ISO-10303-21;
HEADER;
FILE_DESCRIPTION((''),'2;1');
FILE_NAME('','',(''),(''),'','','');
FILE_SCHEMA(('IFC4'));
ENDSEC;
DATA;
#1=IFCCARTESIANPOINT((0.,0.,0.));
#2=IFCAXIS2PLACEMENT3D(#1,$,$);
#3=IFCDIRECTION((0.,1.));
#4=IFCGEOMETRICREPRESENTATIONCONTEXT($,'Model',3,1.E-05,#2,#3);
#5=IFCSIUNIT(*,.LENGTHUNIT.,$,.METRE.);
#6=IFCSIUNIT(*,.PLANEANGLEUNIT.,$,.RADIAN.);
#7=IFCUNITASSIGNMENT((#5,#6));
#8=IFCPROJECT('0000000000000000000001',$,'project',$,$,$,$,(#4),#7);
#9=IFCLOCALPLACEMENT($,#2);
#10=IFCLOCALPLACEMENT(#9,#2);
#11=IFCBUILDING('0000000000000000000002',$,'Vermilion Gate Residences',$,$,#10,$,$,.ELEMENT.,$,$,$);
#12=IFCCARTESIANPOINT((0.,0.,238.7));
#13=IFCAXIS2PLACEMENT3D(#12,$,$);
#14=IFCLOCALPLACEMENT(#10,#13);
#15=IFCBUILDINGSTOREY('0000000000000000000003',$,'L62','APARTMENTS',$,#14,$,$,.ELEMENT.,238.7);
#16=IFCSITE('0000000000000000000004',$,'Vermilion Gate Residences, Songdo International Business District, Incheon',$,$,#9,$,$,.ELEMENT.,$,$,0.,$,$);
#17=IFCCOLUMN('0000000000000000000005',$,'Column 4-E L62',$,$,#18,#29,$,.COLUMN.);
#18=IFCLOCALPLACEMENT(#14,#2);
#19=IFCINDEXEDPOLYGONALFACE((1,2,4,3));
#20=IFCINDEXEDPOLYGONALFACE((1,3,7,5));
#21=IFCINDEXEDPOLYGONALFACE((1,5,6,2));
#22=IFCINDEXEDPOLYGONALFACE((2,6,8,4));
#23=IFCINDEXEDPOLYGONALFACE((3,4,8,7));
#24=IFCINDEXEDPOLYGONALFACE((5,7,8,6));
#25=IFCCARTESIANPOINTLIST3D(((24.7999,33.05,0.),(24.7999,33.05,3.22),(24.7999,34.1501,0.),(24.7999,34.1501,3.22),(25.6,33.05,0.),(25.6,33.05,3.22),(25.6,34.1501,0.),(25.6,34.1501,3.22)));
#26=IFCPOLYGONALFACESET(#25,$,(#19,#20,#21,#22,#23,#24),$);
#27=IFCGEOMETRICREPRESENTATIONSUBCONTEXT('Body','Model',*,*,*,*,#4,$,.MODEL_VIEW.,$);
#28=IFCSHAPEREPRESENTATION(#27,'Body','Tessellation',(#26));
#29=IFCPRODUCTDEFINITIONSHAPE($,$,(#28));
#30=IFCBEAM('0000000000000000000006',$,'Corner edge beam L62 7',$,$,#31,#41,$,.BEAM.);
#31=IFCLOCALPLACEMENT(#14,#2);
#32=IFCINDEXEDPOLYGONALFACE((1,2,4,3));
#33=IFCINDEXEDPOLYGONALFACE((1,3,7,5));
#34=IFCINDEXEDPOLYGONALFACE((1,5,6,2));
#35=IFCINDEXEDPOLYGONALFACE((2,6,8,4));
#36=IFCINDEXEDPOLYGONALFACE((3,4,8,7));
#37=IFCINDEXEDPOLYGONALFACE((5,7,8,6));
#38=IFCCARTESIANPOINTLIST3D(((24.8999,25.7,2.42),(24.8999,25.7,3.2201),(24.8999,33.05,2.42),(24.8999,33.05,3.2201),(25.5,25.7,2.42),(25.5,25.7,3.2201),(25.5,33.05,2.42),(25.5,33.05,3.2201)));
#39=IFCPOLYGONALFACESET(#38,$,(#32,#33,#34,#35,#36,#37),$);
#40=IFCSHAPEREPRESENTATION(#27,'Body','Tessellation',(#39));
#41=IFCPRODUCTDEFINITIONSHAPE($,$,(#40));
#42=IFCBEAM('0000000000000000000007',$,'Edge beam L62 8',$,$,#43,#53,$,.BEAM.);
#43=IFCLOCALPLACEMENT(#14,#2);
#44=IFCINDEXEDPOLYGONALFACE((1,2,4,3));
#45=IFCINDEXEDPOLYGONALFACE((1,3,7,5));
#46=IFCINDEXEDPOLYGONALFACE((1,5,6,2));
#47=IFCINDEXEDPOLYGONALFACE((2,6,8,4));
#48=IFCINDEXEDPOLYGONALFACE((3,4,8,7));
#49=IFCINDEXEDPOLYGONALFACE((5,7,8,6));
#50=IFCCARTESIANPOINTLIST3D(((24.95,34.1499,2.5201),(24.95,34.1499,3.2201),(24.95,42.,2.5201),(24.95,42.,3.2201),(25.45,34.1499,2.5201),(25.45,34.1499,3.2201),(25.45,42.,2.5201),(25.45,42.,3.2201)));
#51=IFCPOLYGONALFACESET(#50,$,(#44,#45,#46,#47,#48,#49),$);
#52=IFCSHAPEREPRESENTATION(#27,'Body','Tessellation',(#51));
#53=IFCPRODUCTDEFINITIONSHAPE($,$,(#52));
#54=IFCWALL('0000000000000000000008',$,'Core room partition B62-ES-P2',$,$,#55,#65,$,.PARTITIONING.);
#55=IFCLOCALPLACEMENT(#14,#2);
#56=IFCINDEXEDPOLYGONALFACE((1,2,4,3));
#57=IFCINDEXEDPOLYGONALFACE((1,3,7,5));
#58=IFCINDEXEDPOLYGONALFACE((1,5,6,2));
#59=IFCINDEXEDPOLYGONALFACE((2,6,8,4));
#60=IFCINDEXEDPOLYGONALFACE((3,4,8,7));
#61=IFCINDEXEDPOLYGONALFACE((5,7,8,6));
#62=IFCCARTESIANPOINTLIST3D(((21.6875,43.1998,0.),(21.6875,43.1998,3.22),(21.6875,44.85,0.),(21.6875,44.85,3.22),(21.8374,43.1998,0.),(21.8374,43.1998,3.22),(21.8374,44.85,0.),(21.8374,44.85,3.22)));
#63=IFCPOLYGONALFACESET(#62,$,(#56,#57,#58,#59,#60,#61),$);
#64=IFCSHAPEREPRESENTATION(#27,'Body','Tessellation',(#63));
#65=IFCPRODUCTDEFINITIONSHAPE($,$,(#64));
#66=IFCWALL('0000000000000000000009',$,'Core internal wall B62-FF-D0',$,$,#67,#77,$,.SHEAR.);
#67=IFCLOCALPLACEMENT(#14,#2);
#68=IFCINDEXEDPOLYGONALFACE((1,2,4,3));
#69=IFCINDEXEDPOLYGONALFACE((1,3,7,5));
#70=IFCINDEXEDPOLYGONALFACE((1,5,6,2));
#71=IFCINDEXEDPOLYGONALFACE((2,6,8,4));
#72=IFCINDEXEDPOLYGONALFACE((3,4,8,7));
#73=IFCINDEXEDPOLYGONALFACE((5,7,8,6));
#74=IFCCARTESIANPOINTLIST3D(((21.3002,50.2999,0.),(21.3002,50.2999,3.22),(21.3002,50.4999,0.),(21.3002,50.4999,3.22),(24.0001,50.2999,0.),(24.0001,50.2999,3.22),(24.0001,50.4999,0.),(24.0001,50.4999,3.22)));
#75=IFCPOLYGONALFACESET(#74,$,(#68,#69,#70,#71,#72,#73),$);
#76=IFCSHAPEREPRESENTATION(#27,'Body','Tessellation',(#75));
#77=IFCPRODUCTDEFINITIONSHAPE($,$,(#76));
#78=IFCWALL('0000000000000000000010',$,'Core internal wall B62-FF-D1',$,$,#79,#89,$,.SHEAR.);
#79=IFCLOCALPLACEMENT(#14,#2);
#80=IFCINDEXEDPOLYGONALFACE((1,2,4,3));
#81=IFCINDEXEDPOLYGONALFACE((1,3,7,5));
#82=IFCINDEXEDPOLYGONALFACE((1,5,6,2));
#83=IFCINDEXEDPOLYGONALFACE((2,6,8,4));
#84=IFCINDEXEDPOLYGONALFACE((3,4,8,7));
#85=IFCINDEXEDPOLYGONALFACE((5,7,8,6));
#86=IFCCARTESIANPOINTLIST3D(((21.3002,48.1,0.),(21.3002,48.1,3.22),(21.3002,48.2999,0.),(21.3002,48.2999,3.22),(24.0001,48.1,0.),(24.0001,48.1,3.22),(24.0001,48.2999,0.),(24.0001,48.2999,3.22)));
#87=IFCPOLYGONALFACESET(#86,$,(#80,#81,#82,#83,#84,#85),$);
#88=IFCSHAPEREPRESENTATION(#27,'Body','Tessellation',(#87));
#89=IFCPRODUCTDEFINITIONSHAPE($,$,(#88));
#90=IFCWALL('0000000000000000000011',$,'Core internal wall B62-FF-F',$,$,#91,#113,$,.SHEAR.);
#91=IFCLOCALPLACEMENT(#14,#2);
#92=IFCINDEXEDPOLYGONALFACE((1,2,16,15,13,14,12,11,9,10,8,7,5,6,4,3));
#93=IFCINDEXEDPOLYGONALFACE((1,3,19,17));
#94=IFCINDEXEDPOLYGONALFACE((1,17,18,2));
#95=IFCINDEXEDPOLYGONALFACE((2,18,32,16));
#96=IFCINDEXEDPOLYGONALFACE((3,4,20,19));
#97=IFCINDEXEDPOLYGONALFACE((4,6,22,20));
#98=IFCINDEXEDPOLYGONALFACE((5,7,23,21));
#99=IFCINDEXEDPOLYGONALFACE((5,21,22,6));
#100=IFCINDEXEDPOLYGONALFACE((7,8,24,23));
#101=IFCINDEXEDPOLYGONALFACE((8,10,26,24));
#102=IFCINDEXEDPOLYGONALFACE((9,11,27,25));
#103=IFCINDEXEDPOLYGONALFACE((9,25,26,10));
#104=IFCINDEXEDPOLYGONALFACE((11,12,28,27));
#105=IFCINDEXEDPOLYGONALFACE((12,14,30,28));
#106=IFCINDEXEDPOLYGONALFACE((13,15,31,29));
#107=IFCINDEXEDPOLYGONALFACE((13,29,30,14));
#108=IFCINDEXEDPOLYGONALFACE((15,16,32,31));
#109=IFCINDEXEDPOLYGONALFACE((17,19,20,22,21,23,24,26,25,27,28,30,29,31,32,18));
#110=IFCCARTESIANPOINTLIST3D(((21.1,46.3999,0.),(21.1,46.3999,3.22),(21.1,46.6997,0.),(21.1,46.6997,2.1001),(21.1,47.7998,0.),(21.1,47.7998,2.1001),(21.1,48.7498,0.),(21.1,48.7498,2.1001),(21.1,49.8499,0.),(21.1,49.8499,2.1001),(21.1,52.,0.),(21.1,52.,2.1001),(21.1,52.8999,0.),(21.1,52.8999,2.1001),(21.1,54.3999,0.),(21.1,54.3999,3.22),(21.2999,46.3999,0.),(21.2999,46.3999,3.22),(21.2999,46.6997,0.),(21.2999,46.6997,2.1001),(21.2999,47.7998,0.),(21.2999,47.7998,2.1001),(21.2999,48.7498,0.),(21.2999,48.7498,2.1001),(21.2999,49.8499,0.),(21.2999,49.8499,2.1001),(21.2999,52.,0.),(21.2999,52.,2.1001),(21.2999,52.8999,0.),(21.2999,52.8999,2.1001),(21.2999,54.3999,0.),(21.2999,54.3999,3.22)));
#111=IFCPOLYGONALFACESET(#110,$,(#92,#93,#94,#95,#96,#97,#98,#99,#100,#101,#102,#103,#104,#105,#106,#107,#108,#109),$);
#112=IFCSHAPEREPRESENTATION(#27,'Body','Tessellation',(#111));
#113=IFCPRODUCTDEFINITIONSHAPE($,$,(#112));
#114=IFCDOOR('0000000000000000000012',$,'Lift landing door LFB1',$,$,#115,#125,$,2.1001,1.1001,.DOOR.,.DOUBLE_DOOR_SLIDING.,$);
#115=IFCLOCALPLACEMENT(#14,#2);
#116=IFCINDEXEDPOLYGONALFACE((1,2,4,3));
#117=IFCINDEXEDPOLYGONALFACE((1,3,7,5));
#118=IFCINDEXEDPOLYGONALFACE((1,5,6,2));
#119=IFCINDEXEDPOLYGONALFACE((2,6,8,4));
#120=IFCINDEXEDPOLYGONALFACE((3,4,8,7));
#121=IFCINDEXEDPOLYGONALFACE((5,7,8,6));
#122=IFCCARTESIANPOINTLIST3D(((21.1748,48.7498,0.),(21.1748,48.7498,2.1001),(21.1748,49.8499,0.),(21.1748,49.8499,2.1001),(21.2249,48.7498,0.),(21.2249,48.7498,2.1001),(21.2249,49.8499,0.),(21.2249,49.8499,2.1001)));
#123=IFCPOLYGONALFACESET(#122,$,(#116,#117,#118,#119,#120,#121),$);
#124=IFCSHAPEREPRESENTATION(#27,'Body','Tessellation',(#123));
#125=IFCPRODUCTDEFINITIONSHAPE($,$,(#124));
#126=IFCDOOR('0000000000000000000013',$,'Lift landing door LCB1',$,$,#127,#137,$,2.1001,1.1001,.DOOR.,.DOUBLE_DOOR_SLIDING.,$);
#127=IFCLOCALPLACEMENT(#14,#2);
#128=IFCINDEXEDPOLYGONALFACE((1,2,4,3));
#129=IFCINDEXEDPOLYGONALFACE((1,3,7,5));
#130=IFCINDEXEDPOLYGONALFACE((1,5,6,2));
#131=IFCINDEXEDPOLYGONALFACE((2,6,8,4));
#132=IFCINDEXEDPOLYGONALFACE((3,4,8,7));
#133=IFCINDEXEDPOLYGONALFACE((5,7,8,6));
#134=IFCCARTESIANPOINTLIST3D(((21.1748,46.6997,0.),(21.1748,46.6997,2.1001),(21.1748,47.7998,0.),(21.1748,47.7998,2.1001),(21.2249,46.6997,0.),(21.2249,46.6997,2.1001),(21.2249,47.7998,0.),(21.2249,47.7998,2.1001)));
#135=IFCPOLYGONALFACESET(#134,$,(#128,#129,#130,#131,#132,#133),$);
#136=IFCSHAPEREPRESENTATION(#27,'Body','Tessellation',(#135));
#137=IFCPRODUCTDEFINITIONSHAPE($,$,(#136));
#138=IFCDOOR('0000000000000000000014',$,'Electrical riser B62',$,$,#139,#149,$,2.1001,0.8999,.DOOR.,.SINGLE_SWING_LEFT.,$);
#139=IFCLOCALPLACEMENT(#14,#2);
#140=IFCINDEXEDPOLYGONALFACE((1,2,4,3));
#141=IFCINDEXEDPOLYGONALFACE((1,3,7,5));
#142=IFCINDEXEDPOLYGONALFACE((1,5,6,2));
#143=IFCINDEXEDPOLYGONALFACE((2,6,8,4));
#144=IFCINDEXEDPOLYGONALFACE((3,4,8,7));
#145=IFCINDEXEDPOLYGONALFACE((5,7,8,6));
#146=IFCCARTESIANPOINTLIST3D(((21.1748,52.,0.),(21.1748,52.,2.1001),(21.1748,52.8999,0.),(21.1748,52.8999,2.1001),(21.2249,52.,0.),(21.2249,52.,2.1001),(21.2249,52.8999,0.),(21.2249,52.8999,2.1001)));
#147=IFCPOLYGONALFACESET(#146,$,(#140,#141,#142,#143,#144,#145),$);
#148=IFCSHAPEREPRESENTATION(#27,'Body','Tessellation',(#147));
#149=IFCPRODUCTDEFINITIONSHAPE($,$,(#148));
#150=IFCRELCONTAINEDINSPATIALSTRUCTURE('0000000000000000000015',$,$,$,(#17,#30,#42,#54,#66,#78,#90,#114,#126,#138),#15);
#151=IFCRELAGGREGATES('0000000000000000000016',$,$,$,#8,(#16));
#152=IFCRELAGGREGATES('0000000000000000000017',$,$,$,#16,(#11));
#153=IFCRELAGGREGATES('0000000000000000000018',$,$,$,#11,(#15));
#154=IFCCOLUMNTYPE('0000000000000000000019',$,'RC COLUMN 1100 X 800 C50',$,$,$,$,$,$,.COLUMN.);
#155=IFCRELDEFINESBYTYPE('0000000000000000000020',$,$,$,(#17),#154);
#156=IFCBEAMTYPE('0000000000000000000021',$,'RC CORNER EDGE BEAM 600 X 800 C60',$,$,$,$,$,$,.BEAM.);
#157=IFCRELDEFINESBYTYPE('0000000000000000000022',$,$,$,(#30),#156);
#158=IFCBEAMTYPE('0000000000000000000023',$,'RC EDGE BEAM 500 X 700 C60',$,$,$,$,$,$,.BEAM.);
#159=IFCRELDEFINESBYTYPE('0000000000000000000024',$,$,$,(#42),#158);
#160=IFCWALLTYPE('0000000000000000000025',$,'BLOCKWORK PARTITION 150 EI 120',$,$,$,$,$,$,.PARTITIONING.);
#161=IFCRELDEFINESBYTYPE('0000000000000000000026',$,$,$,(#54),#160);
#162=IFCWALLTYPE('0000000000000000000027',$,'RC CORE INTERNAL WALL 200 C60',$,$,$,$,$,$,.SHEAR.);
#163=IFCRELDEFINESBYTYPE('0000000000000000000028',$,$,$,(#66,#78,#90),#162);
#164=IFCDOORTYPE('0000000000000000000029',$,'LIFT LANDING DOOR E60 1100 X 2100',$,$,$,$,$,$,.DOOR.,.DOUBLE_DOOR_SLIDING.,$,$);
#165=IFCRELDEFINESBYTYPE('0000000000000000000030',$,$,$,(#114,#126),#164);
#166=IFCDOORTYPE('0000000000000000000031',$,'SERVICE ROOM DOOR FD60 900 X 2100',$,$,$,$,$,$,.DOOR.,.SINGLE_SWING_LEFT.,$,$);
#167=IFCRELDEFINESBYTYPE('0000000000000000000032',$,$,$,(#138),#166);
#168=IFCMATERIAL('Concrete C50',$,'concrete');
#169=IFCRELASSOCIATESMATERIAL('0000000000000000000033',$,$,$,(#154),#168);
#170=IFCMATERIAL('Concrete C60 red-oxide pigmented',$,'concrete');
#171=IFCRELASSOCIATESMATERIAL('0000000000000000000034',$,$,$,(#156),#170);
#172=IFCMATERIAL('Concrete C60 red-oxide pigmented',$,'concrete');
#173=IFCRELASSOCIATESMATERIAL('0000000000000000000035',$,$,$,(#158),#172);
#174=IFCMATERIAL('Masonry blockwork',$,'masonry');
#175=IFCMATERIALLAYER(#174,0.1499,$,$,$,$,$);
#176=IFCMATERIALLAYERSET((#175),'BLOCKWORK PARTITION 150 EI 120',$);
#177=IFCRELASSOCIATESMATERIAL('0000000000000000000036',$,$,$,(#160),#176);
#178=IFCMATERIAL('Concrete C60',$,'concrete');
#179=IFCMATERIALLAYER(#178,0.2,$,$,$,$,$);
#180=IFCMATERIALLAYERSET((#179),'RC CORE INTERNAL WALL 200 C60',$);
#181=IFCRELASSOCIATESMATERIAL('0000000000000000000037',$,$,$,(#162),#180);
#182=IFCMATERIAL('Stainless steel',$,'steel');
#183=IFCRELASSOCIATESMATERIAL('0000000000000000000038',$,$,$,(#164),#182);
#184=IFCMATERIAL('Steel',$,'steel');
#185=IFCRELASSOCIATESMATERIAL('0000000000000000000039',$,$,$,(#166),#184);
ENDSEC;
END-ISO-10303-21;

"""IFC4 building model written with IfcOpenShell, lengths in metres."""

from ifc_helpers import new_model, si_unit, direction, frame, frame_2d, origin, origin_2d, place, context, subcontext, project, spatial, rectangle, extrude, material, layer, layer_set, material_profile, profile_set, type_object, element, fill, save


model = new_model("IFC4")

# Units and contexts
model_context = context("Model", 3, precision=1e-05, world=origin(), true_north=direction((0.0, 1.0)))
body_context = subcontext(model_context, "Body", "Model", "MODEL_VIEW")
ifc_project = project(units=[si_unit("LENGTHUNIT", "METRE"), si_unit("PLANEANGLEUNIT", "RADIAN")], contexts=[model_context])

# Site, building, storey
site_placement = place(None, origin())
site = spatial("IfcSite", under=ifc_project, at=site_placement, Name="Vermilion Gate Residences, Songdo International Business District, Incheon", CompositionType="ELEMENT", RefElevation=0.0)
building_placement = place(site_placement, origin())
building = spatial("IfcBuilding", under=site, at=building_placement, Name="Vermilion Gate Residences", CompositionType="ELEMENT")
storey_placement = place(building_placement, frame((0.0, 0.0, 238.7)))
storey = spatial("IfcBuildingStorey", under=building, at=storey_placement, Name="L62", Description="APARTMENTS", CompositionType="ELEMENT", Elevation=238.7)

# Column
ifc_material_1 = material(Name="Concrete C50", Category="concrete")
ifc_material_profile_1 = material_profile(ifc_material_1, rectangle(XDim=1.1001, YDim=0.8, at=origin_2d()), Name="RC-1100x800")
ifc_profile_set_1 = profile_set([ifc_material_profile_1], Name="Concrete C50")
column_type = type_object("IfcColumnType", Name="RC COLUMN 1100 X 800 C50", PredefinedType="COLUMN", material=ifc_profile_set_1)
column_placement = place(storey_placement, frame((25.2, 33.6001, 0.0), z_axis=(0.0, 0.0, 1.0), x_axis=(0.0, 1.0, 0.0)))
element("IfcColumn", 1, at=column_placement, inside=storey, type_object=column_type, Name="Column 4-E L62", PredefinedType="COLUMN", context=body_context, shape_type="SweptSolid", body=[
    extrude(rectangle(XDim=1.1001, YDim=0.8, at=origin_2d()), origin(), (0.0, 0.0, 1.0), 3.22),
])

# Beams
ifc_material_2 = material(Name="Concrete C60 red-oxide pigmented", Category="concrete")
ifc_material_profile_2 = material_profile(ifc_material_2, rectangle(XDim=0.6001, YDim=0.8, at=origin_2d()), Name="RC-600x800")
ifc_profile_set_2 = profile_set([ifc_material_profile_2], Name="Concrete C60 red-oxide pigmented")
beam_type_1 = type_object("IfcBeamType", Name="RC CORNER EDGE BEAM 600 X 800 C60", PredefinedType="BEAM", material=ifc_profile_set_2)
beam_1_placement = place(storey_placement, frame((25.2, 25.7, 2.8201), z_axis=(0.0, 1.0, 0.0), x_axis=(-1.0, 0.0, 0.0)))
element("IfcBeam", 2, at=beam_1_placement, inside=storey, type_object=beam_type_1, Name="Corner edge beam L62 7", PredefinedType="BEAM", context=body_context, shape_type="SweptSolid", body=[
    extrude(rectangle(XDim=0.6001, YDim=0.8, at=origin_2d()), origin(), (0.0, 0.0, 1.0), 7.3501),
])
ifc_material_3 = material(Name="Concrete C60 red-oxide pigmented", Category="concrete")
ifc_material_profile_3 = material_profile(ifc_material_3, rectangle(XDim=0.5, YDim=0.7, at=origin_2d()), Name="RC-500x700")
ifc_profile_set_3 = profile_set([ifc_material_profile_3], Name="Concrete C60 red-oxide pigmented")
beam_type_2 = type_object("IfcBeamType", Name="RC EDGE BEAM 500 X 700 C60", PredefinedType="BEAM", material=ifc_profile_set_3)
beam_2_placement = place(storey_placement, frame((25.2, 34.1499, 2.8701), z_axis=(0.0, 1.0, 0.0), x_axis=(-1.0, 0.0, 0.0)))
element("IfcBeam", 3, at=beam_2_placement, inside=storey, type_object=beam_type_2, Name="Edge beam L62 8", PredefinedType="BEAM", context=body_context, shape_type="SweptSolid", body=[
    extrude(rectangle(XDim=0.5, YDim=0.7, at=origin_2d()), origin(), (0.0, 0.0, 1.0), 7.8501),
])

# Walls
ifc_material_4 = material(Name="Masonry blockwork", Category="masonry")
ifc_layer_1 = layer(ifc_material_4, 0.1499)
ifc_layer_set_1 = layer_set([ifc_layer_1], Name="BLOCKWORK PARTITION 150 EI 120")
wall_type_1 = type_object("IfcWallType", Name="BLOCKWORK PARTITION 150 EI 120", PredefinedType="PARTITIONING", material=ifc_layer_set_1)
wall_1_placement = place(storey_placement, frame((21.7625, 44.8501, 0.0), z_axis=(0.0, 0.0, 1.0), x_axis=(0.0, -1.0, 0.0)))
element("IfcWall", 4, at=wall_1_placement, inside=storey, type_object=wall_type_1, Name="Core room partition B62-ES-P2", PredefinedType="PARTITIONING", context=body_context, shape_type="SweptSolid", body=[
    extrude(rectangle(XDim=1.6501, YDim=0.1499, at=frame_2d((0.8252, 0.0))), origin(), (0.0, 0.0, 1.0), 3.22),
])
ifc_material_5 = material(Name="Concrete C60", Category="concrete")
ifc_layer_2 = layer(ifc_material_5, 0.2)
ifc_layer_set_2 = layer_set([ifc_layer_2], Name="RC CORE INTERNAL WALL 200 C60")
wall_type_2 = type_object("IfcWallType", Name="RC CORE INTERNAL WALL 200 C60", PredefinedType="SHEAR", material=ifc_layer_set_2)
for number, where, z_axis, x_axis, name in (
    (5, (21.3, 50.3999, 0.0), (0.0, 0.0, 1.0), (1.0, 0.0, 0.0), "Core internal wall B62-FF-D0"),
    (6, (21.3, 48.2, 0.0), (0.0, 0.0, 1.0), (1.0, 0.0, 0.0), "Core internal wall B62-FF-D1"),
):
    element("IfcWall", number, at=place(storey_placement, frame(where, z_axis=z_axis, x_axis=x_axis)), inside=storey, type_object=wall_type_2, Name=name, PredefinedType="SHEAR", context=body_context, shape_type="SweptSolid", body=[
        extrude(rectangle(XDim=2.7, YDim=0.2, at=frame_2d((1.3501, 0.0))), origin(), (0.0, 0.0, 1.0), 3.22),
    ])

# Wall, openings, doors
wall_2_placement = place(storey_placement, frame((21.2, 54.3999, 0.0), z_axis=(0.0, 0.0, 1.0), x_axis=(0.0, -1.0, 0.0)))
wall_2 = element("IfcWall", 7, at=wall_2_placement, inside=storey, type_object=wall_type_2, Name="Core internal wall B62-FF-F", PredefinedType="SHEAR", context=body_context, shape_type="SweptSolid", body=[
    extrude(rectangle(XDim=8.0, YDim=0.2, at=frame_2d((4.0, 0.0))), origin(), (0.0, 0.0, 1.0), 3.22),
])
opening_1_placement = place(wall_2_placement, frame((1.5, 0.0, 0.0)))
opening_1 = element("IfcOpeningElement", 8, at=opening_1_placement, cuts=wall_2, PredefinedType="OPENING", context=body_context, shape_type="SweptSolid", body=[
    extrude(rectangle(XDim=0.8999, YDim=2.1001, at=frame_2d((0.45, 1.05))), frame((0.0, 0.1099, 0.0), z_axis=(0.0, -1.0, 0.0), x_axis=(1.0, 0.0, 0.0)), (0.0, 0.0, 1.0), 0.22),
])
opening_2_placement = place(wall_2_placement, frame((4.55, 0.0, 0.0)))
opening_2 = element("IfcOpeningElement", 9, at=opening_2_placement, cuts=wall_2, PredefinedType="OPENING", context=body_context, shape_type="SweptSolid", body=[
    extrude(rectangle(XDim=1.1001, YDim=2.1001, at=frame_2d((0.55, 1.05))), frame((0.0, 0.1099, 0.0), z_axis=(0.0, -1.0, 0.0), x_axis=(1.0, 0.0, 0.0)), (0.0, 0.0, 1.0), 0.22),
])
opening_3_placement = place(wall_2_placement, frame((6.6001, 0.0, 0.0)))
opening_3 = element("IfcOpeningElement", 10, at=opening_3_placement, cuts=wall_2, PredefinedType="OPENING", context=body_context, shape_type="SweptSolid", body=[
    extrude(rectangle(XDim=1.1001, YDim=2.1001, at=frame_2d((0.55, 1.05))), frame((0.0, 0.1099, 0.0), z_axis=(0.0, -1.0, 0.0), x_axis=(1.0, 0.0, 0.0)), (0.0, 0.0, 1.0), 0.22),
])
ifc_material_6 = material(Name="Stainless steel", Category="steel")
door_type_1 = type_object("IfcDoorType", Name="LIFT LANDING DOOR E60 1100 X 2100", OperationType="DOUBLE_DOOR_SLIDING", PredefinedType="DOOR", material=ifc_material_6)
door_1_placement = place(opening_2_placement, origin())
door_1 = element("IfcDoor", 11, at=door_1_placement, inside=storey, type_object=door_type_1, Name="Lift landing door LFB1", OperationType="DOUBLE_DOOR_SLIDING", OverallHeight=2.1001, OverallWidth=1.1001, PredefinedType="DOOR", context=body_context, shape_type="SweptSolid", body=[
    extrude(rectangle(XDim=1.1001, YDim=2.1001, at=frame_2d((0.55, 1.05))), frame((0.0, 0.0249, 0.0), z_axis=(0.0, -1.0, 0.0), x_axis=(1.0, 0.0, 0.0)), (0.0, 0.0, 1.0), 0.05),
])
fill(opening_2, door_1)
door_2_placement = place(opening_3_placement, origin())
door_2 = element("IfcDoor", 12, at=door_2_placement, inside=storey, type_object=door_type_1, Name="Lift landing door LCB1", OperationType="DOUBLE_DOOR_SLIDING", OverallHeight=2.1001, OverallWidth=1.1001, PredefinedType="DOOR", context=body_context, shape_type="SweptSolid", body=[
    extrude(rectangle(XDim=1.1001, YDim=2.1001, at=frame_2d((0.55, 1.05))), frame((0.0, 0.0249, 0.0), z_axis=(0.0, -1.0, 0.0), x_axis=(1.0, 0.0, 0.0)), (0.0, 0.0, 1.0), 0.05),
])
fill(opening_3, door_2)
ifc_material_7 = material(Name="Steel", Category="steel")
door_type_2 = type_object("IfcDoorType", Name="SERVICE ROOM DOOR FD60 900 X 2100", OperationType="SINGLE_SWING_LEFT", PredefinedType="DOOR", material=ifc_material_7)
door_3_placement = place(opening_1_placement, origin())
door_3 = element("IfcDoor", 13, at=door_3_placement, inside=storey, type_object=door_type_2, Name="Electrical riser B62", OperationType="SINGLE_SWING_LEFT", OverallHeight=2.1001, OverallWidth=0.8999, PredefinedType="DOOR", context=body_context, shape_type="SweptSolid", body=[
    extrude(rectangle(XDim=0.8999, YDim=2.1001, at=frame_2d((0.45, 1.05))), frame((0.0, 0.0249, 0.0), z_axis=(0.0, -1.0, 0.0), x_axis=(1.0, 0.0, 0.0)), (0.0, 0.0, 1.0), 0.05),
])
fill(opening_1, door_3)

save(model, "model.ifc")
